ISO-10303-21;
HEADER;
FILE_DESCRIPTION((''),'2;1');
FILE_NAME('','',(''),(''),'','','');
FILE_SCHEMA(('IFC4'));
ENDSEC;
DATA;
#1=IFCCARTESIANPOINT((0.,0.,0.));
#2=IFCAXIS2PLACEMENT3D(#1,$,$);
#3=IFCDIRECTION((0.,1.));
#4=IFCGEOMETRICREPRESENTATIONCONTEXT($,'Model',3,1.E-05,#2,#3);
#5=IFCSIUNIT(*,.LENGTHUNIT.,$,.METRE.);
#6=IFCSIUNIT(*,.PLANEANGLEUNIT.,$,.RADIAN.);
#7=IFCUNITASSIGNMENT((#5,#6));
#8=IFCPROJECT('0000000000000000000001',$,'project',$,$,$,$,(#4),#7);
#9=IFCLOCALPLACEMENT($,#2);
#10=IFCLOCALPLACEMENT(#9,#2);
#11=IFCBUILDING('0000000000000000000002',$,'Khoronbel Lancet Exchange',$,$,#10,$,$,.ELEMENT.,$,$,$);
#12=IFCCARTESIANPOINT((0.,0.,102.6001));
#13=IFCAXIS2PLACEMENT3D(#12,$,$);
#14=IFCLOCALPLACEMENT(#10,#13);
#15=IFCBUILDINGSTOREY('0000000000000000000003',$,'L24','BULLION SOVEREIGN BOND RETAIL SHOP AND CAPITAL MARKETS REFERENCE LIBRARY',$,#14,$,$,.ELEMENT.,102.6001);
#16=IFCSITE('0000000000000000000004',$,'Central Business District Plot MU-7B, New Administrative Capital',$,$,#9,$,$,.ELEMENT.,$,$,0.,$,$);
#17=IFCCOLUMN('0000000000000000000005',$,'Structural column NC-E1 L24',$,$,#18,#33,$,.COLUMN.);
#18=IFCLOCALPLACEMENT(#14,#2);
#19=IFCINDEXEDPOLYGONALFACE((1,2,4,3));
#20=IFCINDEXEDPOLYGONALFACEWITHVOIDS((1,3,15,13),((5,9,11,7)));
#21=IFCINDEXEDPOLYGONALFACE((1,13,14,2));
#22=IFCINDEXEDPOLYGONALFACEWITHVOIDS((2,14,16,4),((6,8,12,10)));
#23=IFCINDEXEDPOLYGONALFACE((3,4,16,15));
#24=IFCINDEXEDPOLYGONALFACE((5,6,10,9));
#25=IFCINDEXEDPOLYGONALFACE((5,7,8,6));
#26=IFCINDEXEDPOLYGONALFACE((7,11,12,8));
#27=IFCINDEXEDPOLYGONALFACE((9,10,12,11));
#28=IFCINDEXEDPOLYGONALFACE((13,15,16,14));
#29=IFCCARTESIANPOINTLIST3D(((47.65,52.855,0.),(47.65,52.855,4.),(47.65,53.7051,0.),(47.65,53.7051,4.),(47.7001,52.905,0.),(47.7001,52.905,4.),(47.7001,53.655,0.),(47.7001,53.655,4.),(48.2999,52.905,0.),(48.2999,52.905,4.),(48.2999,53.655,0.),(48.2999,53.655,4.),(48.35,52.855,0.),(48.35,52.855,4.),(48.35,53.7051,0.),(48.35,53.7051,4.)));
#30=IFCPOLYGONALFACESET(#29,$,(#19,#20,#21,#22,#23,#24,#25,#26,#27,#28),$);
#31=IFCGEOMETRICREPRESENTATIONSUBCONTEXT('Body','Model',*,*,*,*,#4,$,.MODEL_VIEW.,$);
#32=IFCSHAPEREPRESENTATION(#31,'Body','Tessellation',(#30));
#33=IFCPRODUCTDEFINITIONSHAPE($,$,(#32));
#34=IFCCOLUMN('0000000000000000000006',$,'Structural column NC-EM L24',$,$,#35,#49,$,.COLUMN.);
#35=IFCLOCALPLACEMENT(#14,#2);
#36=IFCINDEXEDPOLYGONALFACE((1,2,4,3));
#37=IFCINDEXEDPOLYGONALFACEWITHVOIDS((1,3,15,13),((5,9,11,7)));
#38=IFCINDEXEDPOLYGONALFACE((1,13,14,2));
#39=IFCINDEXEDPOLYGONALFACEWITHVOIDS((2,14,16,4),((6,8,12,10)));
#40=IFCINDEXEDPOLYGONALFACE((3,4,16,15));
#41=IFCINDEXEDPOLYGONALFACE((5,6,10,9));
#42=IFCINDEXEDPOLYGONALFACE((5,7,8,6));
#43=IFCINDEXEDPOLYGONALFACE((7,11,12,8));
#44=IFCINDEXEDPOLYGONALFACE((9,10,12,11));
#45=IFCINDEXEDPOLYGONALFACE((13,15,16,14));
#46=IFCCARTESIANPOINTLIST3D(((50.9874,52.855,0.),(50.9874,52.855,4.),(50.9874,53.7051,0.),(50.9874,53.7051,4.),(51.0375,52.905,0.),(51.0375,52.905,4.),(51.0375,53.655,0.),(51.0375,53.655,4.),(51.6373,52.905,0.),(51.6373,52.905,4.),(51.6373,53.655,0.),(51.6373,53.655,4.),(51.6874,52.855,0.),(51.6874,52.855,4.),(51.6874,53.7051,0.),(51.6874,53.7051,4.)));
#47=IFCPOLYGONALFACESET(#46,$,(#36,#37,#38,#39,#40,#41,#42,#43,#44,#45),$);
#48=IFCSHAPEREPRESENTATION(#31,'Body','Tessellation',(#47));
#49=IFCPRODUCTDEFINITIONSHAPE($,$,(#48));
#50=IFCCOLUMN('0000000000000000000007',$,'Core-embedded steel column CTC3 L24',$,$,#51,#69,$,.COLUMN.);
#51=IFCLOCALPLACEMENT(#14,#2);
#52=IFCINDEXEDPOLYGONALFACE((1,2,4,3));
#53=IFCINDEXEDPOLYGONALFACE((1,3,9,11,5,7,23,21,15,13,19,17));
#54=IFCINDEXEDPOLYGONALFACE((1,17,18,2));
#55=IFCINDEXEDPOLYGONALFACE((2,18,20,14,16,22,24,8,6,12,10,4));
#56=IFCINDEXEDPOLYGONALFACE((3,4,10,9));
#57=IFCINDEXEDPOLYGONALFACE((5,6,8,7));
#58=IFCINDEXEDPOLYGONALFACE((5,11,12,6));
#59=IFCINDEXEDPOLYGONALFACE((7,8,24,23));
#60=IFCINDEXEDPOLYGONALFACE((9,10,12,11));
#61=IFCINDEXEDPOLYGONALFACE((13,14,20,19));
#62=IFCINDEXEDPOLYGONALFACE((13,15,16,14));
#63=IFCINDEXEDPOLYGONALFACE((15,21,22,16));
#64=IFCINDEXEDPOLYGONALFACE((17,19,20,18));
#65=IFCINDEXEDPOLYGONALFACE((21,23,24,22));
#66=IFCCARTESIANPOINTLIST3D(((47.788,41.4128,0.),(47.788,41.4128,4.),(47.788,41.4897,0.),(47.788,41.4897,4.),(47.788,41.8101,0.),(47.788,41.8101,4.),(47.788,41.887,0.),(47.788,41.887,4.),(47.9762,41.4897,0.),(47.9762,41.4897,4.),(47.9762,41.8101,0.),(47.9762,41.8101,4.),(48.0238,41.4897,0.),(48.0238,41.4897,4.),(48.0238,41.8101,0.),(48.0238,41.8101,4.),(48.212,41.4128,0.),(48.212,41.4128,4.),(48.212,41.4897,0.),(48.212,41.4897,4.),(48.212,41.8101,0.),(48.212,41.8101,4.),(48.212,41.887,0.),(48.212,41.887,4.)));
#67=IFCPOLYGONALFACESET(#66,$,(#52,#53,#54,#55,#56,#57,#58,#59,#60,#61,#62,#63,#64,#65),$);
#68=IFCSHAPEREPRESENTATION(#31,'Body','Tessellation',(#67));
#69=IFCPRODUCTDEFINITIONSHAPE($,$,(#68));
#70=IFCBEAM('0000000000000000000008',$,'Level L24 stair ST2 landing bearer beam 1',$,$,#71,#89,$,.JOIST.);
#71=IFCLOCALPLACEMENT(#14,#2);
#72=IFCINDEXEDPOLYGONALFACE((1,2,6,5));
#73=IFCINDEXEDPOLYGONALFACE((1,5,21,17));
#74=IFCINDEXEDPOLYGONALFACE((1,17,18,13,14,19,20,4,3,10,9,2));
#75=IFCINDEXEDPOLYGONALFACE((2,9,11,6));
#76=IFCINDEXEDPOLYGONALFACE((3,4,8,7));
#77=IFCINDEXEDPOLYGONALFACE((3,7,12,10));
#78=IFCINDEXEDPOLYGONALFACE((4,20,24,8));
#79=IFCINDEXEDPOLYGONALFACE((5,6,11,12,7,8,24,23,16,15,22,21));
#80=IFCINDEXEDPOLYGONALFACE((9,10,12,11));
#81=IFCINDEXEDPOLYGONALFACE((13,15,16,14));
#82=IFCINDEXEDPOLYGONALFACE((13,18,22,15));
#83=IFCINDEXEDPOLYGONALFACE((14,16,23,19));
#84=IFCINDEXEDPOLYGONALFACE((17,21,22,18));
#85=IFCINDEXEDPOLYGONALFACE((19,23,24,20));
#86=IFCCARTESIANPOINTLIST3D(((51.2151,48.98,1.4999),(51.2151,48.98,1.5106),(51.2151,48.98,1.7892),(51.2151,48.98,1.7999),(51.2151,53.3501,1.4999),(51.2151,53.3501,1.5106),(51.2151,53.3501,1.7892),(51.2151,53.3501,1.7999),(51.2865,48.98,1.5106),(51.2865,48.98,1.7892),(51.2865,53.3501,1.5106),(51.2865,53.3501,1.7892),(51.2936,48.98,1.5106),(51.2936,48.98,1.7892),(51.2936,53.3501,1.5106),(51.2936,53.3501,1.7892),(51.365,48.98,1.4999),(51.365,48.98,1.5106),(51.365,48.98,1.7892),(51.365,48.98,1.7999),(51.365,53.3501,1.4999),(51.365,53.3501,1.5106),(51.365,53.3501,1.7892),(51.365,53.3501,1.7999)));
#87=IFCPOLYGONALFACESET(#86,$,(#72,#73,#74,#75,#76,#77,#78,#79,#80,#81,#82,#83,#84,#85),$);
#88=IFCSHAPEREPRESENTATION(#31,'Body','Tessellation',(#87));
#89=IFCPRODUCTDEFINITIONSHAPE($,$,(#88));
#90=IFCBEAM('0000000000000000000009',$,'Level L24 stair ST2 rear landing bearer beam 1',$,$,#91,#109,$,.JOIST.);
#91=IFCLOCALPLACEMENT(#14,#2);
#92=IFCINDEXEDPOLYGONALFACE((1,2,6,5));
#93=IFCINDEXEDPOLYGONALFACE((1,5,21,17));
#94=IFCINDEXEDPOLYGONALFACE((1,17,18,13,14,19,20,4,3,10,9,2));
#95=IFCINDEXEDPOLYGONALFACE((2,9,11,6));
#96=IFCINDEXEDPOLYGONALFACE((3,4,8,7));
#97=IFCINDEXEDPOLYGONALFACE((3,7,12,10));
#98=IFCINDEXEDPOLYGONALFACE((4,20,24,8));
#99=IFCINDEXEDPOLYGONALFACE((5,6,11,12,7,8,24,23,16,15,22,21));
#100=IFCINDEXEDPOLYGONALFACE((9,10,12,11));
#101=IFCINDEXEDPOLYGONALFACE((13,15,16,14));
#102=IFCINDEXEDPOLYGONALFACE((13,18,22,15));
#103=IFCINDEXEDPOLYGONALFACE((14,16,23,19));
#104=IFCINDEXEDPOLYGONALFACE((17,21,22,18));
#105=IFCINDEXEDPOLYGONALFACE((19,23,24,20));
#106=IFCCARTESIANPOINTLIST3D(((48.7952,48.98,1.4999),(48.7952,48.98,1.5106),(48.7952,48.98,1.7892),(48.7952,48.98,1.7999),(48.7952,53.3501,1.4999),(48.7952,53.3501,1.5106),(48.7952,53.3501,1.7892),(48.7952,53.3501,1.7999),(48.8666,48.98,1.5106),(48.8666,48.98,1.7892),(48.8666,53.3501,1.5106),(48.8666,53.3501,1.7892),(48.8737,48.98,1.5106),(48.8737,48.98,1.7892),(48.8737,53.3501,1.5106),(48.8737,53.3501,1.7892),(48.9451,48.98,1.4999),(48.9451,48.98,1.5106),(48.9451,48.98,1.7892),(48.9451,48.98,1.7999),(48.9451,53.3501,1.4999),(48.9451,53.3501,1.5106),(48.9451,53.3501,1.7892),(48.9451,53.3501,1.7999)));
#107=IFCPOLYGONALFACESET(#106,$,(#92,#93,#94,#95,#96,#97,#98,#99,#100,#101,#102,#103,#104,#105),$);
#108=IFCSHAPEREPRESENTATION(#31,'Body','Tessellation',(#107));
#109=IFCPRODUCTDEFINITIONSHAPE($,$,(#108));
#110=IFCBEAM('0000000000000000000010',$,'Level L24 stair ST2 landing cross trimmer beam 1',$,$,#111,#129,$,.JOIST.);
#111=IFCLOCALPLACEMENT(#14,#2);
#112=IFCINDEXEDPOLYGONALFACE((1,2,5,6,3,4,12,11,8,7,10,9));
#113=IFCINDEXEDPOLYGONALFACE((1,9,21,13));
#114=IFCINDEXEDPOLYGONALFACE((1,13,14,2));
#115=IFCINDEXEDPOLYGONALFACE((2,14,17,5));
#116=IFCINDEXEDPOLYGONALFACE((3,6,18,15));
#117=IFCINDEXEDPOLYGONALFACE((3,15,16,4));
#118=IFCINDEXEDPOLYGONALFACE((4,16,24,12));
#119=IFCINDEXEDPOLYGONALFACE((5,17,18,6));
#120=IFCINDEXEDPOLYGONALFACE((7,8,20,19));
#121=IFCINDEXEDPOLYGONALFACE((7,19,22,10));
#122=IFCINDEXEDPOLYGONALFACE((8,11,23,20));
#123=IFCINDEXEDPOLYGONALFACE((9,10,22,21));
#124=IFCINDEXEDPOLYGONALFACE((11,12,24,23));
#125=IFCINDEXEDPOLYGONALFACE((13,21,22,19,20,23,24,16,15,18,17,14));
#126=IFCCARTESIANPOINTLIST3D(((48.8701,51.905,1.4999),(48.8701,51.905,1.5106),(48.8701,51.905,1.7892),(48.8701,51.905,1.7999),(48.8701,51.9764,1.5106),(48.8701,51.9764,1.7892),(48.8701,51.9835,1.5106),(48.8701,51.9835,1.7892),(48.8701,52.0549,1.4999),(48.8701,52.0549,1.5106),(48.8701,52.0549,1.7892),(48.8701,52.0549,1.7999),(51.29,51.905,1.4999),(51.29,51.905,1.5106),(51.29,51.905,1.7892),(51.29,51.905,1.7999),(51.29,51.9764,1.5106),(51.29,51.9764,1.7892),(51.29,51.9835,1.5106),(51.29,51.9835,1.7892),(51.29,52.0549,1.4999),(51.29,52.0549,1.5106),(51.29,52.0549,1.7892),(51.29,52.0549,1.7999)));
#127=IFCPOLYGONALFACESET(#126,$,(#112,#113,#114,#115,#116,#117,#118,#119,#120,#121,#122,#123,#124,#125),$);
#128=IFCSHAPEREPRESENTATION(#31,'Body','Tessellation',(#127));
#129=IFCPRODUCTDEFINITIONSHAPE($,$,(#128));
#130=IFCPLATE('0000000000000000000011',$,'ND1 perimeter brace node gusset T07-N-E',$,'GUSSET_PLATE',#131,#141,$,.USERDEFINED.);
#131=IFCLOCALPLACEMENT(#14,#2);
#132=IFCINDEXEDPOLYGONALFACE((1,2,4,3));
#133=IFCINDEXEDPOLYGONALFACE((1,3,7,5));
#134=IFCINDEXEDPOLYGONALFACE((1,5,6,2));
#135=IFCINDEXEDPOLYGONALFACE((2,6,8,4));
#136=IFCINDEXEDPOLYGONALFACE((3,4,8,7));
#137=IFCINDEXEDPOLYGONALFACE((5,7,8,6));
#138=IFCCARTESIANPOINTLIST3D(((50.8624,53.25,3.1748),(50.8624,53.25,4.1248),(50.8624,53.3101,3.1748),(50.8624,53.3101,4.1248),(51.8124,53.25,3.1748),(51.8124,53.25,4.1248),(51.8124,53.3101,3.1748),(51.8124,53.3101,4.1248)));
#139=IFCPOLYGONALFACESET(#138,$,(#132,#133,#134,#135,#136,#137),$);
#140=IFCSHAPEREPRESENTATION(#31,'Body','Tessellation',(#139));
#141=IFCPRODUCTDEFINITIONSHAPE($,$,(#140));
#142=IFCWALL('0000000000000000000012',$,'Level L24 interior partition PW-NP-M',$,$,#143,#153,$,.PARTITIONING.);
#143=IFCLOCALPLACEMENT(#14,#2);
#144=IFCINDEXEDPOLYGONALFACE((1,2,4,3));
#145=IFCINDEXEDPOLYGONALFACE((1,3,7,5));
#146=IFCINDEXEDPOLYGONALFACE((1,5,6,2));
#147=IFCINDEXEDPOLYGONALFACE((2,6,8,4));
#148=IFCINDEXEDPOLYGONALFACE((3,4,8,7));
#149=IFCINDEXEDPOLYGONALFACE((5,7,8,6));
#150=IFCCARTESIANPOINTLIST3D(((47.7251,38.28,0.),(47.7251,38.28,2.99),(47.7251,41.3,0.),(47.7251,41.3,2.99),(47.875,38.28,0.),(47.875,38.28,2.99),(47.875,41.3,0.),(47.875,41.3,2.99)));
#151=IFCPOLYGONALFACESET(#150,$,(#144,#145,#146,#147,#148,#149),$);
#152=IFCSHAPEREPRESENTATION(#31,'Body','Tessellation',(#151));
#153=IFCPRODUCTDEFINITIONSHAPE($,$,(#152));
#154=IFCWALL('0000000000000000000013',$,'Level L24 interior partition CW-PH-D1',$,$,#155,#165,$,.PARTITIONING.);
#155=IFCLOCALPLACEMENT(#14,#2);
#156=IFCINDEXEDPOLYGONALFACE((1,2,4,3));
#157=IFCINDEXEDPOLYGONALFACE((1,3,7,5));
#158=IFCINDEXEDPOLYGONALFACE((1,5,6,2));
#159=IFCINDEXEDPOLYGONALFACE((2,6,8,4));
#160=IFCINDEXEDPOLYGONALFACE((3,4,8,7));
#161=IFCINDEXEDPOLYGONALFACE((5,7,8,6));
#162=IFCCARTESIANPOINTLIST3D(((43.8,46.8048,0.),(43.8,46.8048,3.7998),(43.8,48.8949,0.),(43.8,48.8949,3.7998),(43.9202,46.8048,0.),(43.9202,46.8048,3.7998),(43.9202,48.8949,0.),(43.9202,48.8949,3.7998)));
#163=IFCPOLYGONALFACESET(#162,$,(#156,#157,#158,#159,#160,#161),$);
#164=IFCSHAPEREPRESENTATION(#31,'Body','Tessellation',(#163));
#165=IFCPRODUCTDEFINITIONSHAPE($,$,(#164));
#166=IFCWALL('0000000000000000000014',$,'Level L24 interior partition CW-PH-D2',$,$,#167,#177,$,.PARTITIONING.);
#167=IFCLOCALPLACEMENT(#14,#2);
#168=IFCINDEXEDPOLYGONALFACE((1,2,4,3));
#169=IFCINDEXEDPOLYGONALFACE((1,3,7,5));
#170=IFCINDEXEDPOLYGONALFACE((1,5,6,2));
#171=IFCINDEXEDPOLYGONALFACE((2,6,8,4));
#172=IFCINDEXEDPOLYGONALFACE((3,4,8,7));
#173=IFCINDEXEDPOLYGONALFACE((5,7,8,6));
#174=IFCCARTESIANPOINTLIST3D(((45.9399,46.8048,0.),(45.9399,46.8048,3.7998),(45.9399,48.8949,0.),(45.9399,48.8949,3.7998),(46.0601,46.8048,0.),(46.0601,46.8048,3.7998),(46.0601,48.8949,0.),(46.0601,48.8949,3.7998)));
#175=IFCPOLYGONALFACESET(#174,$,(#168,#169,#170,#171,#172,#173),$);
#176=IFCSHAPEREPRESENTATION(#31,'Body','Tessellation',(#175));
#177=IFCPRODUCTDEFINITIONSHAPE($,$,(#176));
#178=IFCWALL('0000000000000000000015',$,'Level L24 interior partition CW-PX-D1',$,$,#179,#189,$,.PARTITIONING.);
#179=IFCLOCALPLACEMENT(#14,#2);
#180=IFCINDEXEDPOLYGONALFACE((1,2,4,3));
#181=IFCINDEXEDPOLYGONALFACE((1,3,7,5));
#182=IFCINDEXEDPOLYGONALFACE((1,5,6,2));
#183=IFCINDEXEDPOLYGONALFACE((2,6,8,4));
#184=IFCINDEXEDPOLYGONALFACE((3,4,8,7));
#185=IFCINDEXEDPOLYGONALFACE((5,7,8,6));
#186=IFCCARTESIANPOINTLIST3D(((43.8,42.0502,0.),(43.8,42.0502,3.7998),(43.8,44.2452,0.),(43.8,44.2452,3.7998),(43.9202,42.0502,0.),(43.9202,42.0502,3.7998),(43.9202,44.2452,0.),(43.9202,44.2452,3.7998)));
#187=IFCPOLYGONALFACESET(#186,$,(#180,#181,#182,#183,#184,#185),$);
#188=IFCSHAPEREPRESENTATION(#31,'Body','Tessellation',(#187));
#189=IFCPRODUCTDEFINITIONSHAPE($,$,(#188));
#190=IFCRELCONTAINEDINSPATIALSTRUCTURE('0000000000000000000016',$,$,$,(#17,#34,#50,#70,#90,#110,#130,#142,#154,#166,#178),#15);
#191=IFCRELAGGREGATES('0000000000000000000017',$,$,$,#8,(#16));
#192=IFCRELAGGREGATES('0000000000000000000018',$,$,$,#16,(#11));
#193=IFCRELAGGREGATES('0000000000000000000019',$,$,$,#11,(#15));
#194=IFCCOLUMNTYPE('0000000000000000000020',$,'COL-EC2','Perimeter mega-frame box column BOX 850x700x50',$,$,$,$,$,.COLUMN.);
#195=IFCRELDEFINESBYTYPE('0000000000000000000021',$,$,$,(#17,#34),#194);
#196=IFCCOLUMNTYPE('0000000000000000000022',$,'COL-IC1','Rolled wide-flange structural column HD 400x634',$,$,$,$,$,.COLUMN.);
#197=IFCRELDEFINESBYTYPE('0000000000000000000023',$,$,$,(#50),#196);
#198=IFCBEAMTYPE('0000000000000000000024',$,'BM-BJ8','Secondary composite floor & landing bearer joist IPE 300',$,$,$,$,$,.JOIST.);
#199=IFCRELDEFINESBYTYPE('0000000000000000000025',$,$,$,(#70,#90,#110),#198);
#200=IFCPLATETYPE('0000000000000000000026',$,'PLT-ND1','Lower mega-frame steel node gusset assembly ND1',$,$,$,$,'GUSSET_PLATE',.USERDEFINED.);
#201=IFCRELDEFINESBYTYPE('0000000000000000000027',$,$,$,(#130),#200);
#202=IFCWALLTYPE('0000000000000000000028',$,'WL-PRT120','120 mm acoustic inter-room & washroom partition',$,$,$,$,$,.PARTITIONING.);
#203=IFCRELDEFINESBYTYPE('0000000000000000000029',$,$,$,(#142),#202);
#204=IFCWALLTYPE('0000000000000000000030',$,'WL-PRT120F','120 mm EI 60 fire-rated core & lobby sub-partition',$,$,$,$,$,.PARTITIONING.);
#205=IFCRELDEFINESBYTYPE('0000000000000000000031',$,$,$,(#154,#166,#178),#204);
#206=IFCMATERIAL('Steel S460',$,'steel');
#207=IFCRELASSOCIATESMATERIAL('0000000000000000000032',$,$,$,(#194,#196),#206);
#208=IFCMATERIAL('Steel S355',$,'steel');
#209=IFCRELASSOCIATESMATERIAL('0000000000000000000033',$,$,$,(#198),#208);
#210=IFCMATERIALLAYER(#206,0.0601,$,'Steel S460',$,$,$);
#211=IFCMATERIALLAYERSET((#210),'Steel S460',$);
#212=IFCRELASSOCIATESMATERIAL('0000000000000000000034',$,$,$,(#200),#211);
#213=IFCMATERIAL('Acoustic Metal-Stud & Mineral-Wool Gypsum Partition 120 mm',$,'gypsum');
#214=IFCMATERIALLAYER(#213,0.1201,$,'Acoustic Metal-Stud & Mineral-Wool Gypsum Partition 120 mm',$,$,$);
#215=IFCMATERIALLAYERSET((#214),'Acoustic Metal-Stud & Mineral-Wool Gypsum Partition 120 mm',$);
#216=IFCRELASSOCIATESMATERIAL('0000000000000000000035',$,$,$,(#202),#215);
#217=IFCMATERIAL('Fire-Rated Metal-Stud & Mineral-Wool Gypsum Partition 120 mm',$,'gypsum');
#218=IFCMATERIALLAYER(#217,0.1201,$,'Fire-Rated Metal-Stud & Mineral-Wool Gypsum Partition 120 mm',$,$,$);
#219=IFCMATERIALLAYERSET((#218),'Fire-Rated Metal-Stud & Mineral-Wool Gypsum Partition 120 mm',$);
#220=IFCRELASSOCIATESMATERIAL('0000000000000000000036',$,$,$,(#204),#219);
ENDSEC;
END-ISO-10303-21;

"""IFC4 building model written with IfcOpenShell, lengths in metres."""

from ifc_helpers import new_model, si_unit, direction, frame, frame_2d, origin, origin_2d, place, context, subcontext, project, spatial, rectangle, hollow_rectangle, i_section, extrude, material, layer, layer_set, material_profile, profile_set, type_object, element, save


model = new_model("IFC4")

# Units and contexts
model_context = context("Model", 3, precision=1e-05, world=origin(), true_north=direction((0.0, 1.0)))
body_context = subcontext(model_context, "Body", "Model", "MODEL_VIEW")
ifc_project = project(units=[si_unit("LENGTHUNIT", "METRE"), si_unit("PLANEANGLEUNIT", "RADIAN")], contexts=[model_context])

# Site, building, storey
site_placement = place(None, origin())
site = spatial("IfcSite", under=ifc_project, at=site_placement, Name="Central Business District Plot MU-7B, New Administrative Capital", CompositionType="ELEMENT", RefElevation=0.0)
building_placement = place(site_placement, origin())
building = spatial("IfcBuilding", under=site, at=building_placement, Name="Khoronbel Lancet Exchange", CompositionType="ELEMENT")
storey_placement = place(building_placement, frame((0.0, 0.0, 102.6001)))
storey = spatial("IfcBuildingStorey", under=building, at=storey_placement, Name="L24", Description="BULLION SOVEREIGN BOND RETAIL SHOP AND CAPITAL MARKETS REFERENCE LIBRARY", CompositionType="ELEMENT", Elevation=102.6001)

# Columns
ifc_material_1 = material(Name="Steel S460", Category="steel")
ifc_material_profile_1 = material_profile(ifc_material_1, hollow_rectangle(XDim=0.7, YDim=0.8501, WallThickness=0.05, at=origin_2d()), Name="BOX 850x700x50")
ifc_profile_set_1 = profile_set([ifc_material_profile_1], Name="Steel S460")
column_type_1 = type_object("IfcColumnType", Name="COL-EC2", Description="Perimeter mega-frame box column BOX 850x700x50", PredefinedType="COLUMN", material=ifc_profile_set_1)
for number, where, z_axis, x_axis, name in (
    (1, (48.0, 53.28, 0.0), (0.0, 0.0, 1.0), (1.0, 0.0, 0.0), "Structural column NC-E1 L24"),
    (2, (51.3374, 53.28, 0.0), (0.0, 0.0, 1.0), (1.0, 0.0, 0.0), "Structural column NC-EM L24"),
):
    element("IfcColumn", number, at=place(storey_placement, frame(where, z_axis=z_axis, x_axis=x_axis)), inside=storey, type_object=column_type_1, Name=name, PredefinedType="COLUMN", context=body_context, shape_type="SweptSolid", body=[
        extrude(hollow_rectangle(XDim=0.7, YDim=0.8501, WallThickness=0.05, at=origin_2d()), origin(), (0.0, 0.0, 1.0), 4.0),
    ])
ifc_material_profile_2 = material_profile(ifc_material_1, i_section(OverallWidth=0.4241, OverallDepth=0.4741, WebThickness=0.0476, FlangeThickness=0.0769, at=origin_2d()), Name="HD 400x634")
ifc_profile_set_2 = profile_set([ifc_material_profile_2], Name="Steel S460")
column_type_2 = type_object("IfcColumnType", Name="COL-IC1", Description="Rolled wide-flange structural column HD 400x634", PredefinedType="COLUMN", material=ifc_profile_set_2)
column_placement = place(storey_placement, frame((48.0, 41.6499, 0.0), z_axis=(0.0, 0.0, 1.0), x_axis=(1.0, 0.0, 0.0)))
element("IfcColumn", 3, at=column_placement, inside=storey, type_object=column_type_2, Name="Core-embedded steel column CTC3 L24", PredefinedType="COLUMN", context=body_context, shape_type="SweptSolid", body=[
    extrude(i_section(OverallWidth=0.4241, OverallDepth=0.4741, WebThickness=0.0476, FlangeThickness=0.0769, at=origin_2d()), origin(), (0.0, 0.0, 1.0), 4.0),
])

# Beams
ifc_material_2 = material(Name="Steel S355", Category="steel")
ifc_material_profile_3 = material_profile(ifc_material_2, i_section(OverallWidth=0.1499, OverallDepth=0.3, WebThickness=0.0071, FlangeThickness=0.0107, at=origin_2d()), Name="IPE 300")
ifc_profile_set_3 = profile_set([ifc_material_profile_3], Name="Steel S355")
beam_type = type_object("IfcBeamType", Name="BM-BJ8", Description="Secondary composite floor & landing bearer joist IPE 300", PredefinedType="JOIST", material=ifc_profile_set_3)
for number, where, z_axis, x_axis, name in (
    (4, (51.29, 48.98, 1.6499), (0.0, 1.0, 0.0), (-1.0, 0.0, 0.0), "Level L24 stair ST2 landing bearer beam 1"),
    (5, (48.8701, 48.98, 1.6499), (0.0, 1.0, 0.0), (-1.0, 0.0, 0.0), "Level L24 stair ST2 rear landing bearer beam 1"),
):
    element("IfcBeam", number, at=place(storey_placement, frame(where, z_axis=z_axis, x_axis=x_axis)), inside=storey, type_object=beam_type, Name=name, PredefinedType="JOIST", context=body_context, shape_type="SweptSolid", body=[
        extrude(i_section(OverallWidth=0.1499, OverallDepth=0.3, WebThickness=0.0071, FlangeThickness=0.0107, at=origin_2d()), origin(), (0.0, 0.0, 1.0), 4.3701),
    ])
beam_placement = place(storey_placement, frame((48.8701, 51.98, 1.6499), z_axis=(1.0, 0.0, 0.0), x_axis=(0.0, 1.0, 0.0)))
element("IfcBeam", 6, at=beam_placement, inside=storey, type_object=beam_type, Name="Level L24 stair ST2 landing cross trimmer beam 1", PredefinedType="JOIST", context=body_context, shape_type="SweptSolid", body=[
    extrude(i_section(OverallWidth=0.1499, OverallDepth=0.3, WebThickness=0.0071, FlangeThickness=0.0107, at=origin_2d()), origin(), (0.0, 0.0, 1.0), 2.4199),
])

# Plate
ifc_layer_1 = layer(ifc_material_1, 0.0601, Name="Steel S460")
ifc_layer_set_1 = layer_set([ifc_layer_1], Name="Steel S460")
plate_type = type_object("IfcPlateType", Name="PLT-ND1", Description="Lower mega-frame steel node gusset assembly ND1", ElementType="GUSSET_PLATE", PredefinedType="USERDEFINED", material=ifc_layer_set_1)
plate_placement = place(storey_placement, frame((51.3374, 53.28, 3.1748), z_axis=(0.0, 0.0, 1.0), x_axis=(1.0, 0.0, 0.0)))
element("IfcPlate", 7, at=plate_placement, inside=storey, type_object=plate_type, Name="ND1 perimeter brace node gusset T07-N-E", ObjectType="GUSSET_PLATE", PredefinedType="USERDEFINED", context=body_context, shape_type="SweptSolid", body=[
    extrude(rectangle(XDim=0.95, YDim=0.0601, at=origin_2d()), origin(), (0.0, 0.0, 1.0), 0.95),
])

# Walls
ifc_material_3 = material(Name="Acoustic Metal-Stud & Mineral-Wool Gypsum Partition 120 mm", Category="gypsum")
ifc_layer_2 = layer(ifc_material_3, 0.1201, Name="Acoustic Metal-Stud & Mineral-Wool Gypsum Partition 120 mm")
ifc_layer_set_2 = layer_set([ifc_layer_2], Name="Acoustic Metal-Stud & Mineral-Wool Gypsum Partition 120 mm")
wall_type_1 = type_object("IfcWallType", Name="WL-PRT120", Description="120 mm acoustic inter-room & washroom partition", PredefinedType="PARTITIONING", material=ifc_layer_set_2)
wall_1_placement = place(storey_placement, frame((47.8, 38.28, 0.0), z_axis=(0.0, 0.0, 1.0), x_axis=(0.0, 1.0, 0.0)))
element("IfcWall", 8, at=wall_1_placement, inside=storey, type_object=wall_type_1, Name="Level L24 interior partition PW-NP-M", PredefinedType="PARTITIONING", context=body_context, shape_type="SweptSolid", body=[
    extrude(rectangle(XDim=3.02, YDim=0.1499, at=frame_2d((1.51, 0.0))), origin(), (0.0, 0.0, 1.0), 2.99),
])
ifc_material_4 = material(Name="Fire-Rated Metal-Stud & Mineral-Wool Gypsum Partition 120 mm", Category="gypsum")
ifc_layer_3 = layer(ifc_material_4, 0.1201, Name="Fire-Rated Metal-Stud & Mineral-Wool Gypsum Partition 120 mm")
ifc_layer_set_3 = layer_set([ifc_layer_3], Name="Fire-Rated Metal-Stud & Mineral-Wool Gypsum Partition 120 mm")
wall_type_2 = type_object("IfcWallType", Name="WL-PRT120F", Description="120 mm EI 60 fire-rated core & lobby sub-partition", PredefinedType="PARTITIONING", material=ifc_layer_set_3)
for number, where, z_axis, x_axis, name in (
    (9, (43.8601, 46.8049, 0.0), (0.0, 0.0, 1.0), (0.0, 1.0, 0.0), "Level L24 interior partition CW-PH-D1"),
    (10, (46.0, 46.8049, 0.0), (0.0, 0.0, 1.0), (0.0, 1.0, 0.0), "Level L24 interior partition CW-PH-D2"),
):
    element("IfcWall", number, at=place(storey_placement, frame(where, z_axis=z_axis, x_axis=x_axis)), inside=storey, type_object=wall_type_2, Name=name, PredefinedType="PARTITIONING", context=body_context, shape_type="SweptSolid", body=[
        extrude(rectangle(XDim=2.0901, YDim=0.1201, at=frame_2d((1.0449, 0.0))), origin(), (0.0, 0.0, 1.0), 3.7998),
    ])
for number, where, z_axis, x_axis, name in (
    (11, (43.8601, 42.05, 0.0), (0.0, 0.0, 1.0), (0.0, 1.0, 0.0), "Level L24 interior partition CW-PX-D1"),
):
    element("IfcWall", number, at=place(storey_placement, frame(where, z_axis=z_axis, x_axis=x_axis)), inside=storey, type_object=wall_type_2, Name=name, PredefinedType="PARTITIONING", context=body_context, shape_type="SweptSolid", body=[
        extrude(rectangle(XDim=2.1951, YDim=0.1201, at=frame_2d((1.0977, 0.0))), origin(), (0.0, 0.0, 1.0), 3.7998),
    ])

save(model, "model.ifc")
